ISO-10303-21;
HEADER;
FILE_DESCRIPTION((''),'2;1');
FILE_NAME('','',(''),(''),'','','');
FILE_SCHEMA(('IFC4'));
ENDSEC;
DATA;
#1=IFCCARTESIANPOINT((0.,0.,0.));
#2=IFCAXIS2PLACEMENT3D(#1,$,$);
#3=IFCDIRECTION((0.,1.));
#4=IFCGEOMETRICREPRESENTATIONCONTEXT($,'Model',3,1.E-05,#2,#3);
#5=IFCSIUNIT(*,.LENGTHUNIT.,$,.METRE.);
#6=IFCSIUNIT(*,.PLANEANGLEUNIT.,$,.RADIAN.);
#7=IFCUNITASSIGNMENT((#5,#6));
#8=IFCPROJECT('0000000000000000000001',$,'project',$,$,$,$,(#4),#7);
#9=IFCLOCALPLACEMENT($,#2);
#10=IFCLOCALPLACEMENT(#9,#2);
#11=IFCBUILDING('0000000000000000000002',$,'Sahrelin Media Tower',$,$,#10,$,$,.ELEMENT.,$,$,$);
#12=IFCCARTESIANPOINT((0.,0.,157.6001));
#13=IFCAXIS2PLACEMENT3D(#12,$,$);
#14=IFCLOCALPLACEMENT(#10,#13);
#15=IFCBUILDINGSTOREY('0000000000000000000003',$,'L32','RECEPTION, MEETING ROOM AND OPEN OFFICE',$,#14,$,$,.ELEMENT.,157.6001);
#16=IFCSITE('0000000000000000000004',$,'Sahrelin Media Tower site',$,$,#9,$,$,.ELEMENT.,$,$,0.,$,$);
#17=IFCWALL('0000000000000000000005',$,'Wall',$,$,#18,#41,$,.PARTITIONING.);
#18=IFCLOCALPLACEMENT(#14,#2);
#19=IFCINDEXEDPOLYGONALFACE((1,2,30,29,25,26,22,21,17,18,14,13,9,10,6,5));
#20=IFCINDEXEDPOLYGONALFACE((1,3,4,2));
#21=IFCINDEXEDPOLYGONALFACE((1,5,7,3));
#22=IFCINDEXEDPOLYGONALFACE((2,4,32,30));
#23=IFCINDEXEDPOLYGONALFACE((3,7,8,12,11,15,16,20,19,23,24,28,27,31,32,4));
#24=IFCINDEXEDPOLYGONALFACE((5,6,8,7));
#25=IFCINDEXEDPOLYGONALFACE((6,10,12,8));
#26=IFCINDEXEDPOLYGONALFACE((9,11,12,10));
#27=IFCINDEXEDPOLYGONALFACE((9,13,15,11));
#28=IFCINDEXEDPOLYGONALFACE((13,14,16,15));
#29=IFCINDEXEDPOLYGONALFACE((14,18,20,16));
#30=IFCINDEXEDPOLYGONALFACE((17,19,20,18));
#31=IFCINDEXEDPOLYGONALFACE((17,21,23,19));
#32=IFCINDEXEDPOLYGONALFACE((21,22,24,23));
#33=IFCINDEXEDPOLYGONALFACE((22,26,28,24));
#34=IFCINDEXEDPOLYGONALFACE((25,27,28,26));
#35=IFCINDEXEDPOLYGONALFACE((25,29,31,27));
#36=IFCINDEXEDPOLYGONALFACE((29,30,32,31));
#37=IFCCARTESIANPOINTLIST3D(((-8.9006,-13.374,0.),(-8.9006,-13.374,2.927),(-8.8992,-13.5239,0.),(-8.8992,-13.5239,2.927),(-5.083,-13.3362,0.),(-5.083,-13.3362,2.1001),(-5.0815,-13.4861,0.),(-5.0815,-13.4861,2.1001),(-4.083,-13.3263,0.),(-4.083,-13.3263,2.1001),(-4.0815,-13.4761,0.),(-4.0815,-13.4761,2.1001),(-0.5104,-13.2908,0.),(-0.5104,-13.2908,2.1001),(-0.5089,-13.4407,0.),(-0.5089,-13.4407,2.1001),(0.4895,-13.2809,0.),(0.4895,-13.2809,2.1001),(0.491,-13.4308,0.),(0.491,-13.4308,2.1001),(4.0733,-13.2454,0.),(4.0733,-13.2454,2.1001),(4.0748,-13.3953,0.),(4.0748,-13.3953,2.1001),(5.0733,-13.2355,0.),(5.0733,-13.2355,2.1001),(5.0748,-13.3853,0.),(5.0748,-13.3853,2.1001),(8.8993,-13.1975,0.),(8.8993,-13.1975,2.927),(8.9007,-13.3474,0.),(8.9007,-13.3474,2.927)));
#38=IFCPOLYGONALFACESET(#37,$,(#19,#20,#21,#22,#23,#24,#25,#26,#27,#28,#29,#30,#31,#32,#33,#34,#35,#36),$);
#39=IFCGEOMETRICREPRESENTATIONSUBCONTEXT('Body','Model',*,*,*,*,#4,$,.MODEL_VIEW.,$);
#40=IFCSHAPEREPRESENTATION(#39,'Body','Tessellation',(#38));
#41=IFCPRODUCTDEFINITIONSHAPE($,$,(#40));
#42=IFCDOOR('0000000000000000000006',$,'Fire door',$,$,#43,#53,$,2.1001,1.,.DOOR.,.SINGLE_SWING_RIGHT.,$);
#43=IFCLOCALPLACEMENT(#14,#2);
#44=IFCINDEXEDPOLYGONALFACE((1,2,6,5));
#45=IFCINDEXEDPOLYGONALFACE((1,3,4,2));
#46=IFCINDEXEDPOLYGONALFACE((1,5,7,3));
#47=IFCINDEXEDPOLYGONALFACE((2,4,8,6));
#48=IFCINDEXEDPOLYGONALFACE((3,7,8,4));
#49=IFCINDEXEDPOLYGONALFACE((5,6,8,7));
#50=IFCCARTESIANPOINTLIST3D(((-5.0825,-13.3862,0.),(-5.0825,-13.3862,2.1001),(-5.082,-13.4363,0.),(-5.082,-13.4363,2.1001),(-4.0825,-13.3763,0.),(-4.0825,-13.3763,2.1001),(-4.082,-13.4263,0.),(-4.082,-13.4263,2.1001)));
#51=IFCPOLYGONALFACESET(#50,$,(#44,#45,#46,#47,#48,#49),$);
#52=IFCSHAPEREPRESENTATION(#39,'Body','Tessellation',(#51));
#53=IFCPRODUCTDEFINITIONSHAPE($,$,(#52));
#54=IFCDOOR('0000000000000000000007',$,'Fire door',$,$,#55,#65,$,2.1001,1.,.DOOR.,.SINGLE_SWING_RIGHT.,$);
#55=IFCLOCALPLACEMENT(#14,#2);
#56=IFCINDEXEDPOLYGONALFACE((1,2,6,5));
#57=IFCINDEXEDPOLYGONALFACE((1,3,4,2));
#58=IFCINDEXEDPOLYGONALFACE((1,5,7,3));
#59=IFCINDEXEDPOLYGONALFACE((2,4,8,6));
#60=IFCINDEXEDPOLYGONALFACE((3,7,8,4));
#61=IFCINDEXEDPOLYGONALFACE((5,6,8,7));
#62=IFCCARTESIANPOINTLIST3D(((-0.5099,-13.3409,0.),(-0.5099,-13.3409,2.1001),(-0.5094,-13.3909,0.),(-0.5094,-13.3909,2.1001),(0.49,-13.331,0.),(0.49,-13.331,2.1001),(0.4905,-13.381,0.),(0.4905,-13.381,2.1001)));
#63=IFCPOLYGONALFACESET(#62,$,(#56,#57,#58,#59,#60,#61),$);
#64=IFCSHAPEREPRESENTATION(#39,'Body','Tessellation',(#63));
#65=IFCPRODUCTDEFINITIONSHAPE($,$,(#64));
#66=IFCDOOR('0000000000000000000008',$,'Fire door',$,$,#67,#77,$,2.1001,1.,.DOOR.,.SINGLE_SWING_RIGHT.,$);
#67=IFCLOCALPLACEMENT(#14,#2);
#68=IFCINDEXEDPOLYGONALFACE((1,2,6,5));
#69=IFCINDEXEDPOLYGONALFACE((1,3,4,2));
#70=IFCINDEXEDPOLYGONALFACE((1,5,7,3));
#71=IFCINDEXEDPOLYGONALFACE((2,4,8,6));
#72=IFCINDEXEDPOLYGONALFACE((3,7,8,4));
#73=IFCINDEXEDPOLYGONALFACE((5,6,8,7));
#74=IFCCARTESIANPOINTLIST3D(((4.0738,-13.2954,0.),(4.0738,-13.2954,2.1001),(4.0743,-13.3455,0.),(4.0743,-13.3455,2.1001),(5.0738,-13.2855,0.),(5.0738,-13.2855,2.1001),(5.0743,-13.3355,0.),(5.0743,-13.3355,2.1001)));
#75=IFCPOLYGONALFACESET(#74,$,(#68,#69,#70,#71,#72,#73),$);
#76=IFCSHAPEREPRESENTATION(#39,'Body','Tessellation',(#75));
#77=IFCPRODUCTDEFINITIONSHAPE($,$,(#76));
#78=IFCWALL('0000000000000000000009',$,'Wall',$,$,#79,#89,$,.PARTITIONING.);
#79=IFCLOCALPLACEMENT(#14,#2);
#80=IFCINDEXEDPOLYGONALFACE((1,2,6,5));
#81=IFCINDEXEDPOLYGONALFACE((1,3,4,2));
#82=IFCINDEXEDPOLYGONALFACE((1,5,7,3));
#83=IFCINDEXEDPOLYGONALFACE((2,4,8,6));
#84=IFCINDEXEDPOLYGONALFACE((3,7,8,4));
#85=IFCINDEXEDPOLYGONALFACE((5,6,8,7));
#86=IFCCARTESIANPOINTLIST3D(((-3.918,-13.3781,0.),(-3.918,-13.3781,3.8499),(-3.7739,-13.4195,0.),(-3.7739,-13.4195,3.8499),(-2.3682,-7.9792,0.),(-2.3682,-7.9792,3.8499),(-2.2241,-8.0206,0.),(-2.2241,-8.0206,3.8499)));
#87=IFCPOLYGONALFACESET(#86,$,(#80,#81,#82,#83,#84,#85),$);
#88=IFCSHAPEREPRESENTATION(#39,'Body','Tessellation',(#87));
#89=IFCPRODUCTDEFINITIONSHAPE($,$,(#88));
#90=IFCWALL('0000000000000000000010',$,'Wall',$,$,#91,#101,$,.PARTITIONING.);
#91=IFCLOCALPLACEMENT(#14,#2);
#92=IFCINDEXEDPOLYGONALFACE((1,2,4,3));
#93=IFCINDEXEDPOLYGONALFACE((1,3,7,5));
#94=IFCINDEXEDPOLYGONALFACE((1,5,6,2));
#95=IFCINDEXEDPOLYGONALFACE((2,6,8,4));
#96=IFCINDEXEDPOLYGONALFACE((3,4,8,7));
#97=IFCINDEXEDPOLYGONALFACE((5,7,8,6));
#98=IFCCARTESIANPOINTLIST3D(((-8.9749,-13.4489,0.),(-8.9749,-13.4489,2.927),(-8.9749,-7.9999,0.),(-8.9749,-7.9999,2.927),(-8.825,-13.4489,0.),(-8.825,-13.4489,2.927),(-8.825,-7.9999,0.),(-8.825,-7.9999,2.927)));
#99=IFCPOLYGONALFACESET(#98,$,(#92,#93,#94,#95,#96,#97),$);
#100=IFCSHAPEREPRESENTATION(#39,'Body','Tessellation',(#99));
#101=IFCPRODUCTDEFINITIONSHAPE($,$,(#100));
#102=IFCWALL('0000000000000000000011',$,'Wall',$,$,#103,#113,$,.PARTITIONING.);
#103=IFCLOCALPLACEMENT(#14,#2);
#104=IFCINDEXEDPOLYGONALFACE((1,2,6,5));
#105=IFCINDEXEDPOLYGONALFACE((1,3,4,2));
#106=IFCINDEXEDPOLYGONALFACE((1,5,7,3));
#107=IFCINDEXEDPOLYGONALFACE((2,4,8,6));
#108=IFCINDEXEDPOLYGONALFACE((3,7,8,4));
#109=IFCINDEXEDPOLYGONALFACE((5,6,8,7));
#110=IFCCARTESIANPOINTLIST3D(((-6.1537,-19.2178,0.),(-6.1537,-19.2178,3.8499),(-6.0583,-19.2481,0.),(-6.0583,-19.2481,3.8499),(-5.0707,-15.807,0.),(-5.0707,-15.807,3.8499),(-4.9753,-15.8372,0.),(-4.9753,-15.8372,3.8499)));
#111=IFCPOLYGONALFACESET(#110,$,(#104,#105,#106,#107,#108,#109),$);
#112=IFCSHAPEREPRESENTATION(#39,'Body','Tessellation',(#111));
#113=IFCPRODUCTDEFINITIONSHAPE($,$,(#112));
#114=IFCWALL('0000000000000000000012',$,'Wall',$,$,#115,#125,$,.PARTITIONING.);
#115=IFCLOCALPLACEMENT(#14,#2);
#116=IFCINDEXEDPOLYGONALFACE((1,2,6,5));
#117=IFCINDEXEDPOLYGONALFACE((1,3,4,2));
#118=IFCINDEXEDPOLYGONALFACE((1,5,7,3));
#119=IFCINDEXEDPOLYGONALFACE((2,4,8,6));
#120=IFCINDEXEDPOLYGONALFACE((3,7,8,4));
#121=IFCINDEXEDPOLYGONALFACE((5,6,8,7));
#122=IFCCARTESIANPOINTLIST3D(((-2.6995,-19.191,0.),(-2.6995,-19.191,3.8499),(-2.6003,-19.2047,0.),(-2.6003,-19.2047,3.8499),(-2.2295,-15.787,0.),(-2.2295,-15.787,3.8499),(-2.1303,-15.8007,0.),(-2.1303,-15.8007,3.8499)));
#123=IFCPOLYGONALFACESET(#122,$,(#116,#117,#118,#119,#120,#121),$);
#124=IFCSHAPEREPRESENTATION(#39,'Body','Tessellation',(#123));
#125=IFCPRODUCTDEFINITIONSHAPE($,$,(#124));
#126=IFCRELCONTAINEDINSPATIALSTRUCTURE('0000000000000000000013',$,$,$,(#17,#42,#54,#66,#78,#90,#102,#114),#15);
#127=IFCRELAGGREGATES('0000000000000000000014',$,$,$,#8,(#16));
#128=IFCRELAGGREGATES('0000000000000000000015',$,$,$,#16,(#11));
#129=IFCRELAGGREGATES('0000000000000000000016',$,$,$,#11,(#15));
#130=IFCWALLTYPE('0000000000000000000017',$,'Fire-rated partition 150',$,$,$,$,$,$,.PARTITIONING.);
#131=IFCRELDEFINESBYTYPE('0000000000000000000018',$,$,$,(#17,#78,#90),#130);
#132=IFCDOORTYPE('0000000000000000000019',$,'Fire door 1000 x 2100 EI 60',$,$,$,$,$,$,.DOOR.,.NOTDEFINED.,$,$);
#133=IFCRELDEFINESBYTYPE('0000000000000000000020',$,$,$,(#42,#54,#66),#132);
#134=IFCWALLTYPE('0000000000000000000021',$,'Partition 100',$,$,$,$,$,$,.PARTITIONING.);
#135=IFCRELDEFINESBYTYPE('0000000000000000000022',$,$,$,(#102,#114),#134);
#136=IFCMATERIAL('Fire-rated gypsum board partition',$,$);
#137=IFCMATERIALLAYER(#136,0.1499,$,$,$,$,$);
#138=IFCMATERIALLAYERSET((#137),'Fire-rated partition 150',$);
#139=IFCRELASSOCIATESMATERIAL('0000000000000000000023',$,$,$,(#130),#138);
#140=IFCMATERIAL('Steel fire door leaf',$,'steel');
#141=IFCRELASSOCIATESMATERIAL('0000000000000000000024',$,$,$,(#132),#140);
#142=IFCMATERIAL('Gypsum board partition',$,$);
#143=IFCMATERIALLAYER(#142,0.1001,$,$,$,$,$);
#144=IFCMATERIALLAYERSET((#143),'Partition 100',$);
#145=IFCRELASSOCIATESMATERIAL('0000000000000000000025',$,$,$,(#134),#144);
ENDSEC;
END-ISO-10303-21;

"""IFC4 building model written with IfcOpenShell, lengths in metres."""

from ifc_helpers import new_model, si_unit, direction, frame, frame_2d, origin, place, context, subcontext, project, spatial, rectangle, extrude, material, layer, layer_set, type_object, element, fill, save


model = new_model("IFC4")

# Units and contexts
model_context = context("Model", 3, precision=1e-05, world=origin(), true_north=direction((0.0, 1.0)))
body_context = subcontext(model_context, "Body", "Model", "MODEL_VIEW")
ifc_project = project(units=[si_unit("LENGTHUNIT", "METRE"), si_unit("PLANEANGLEUNIT", "RADIAN")], contexts=[model_context])

# Site, building, storey
site_placement = place(None, origin())
site = spatial("IfcSite", under=ifc_project, at=site_placement, Name="Sahrelin Media Tower site", CompositionType="ELEMENT", RefElevation=0.0)
building_placement = place(site_placement, origin())
building = spatial("IfcBuilding", under=site, at=building_placement, Name="Sahrelin Media Tower", CompositionType="ELEMENT")
storey_placement = place(building_placement, frame((0.0, 0.0, 157.6001)))
storey = spatial("IfcBuildingStorey", under=building, at=storey_placement, Name="L32", Description="RECEPTION, MEETING ROOM AND OPEN OFFICE", CompositionType="ELEMENT", Elevation=157.6001)

# Wall, openings, doors
ifc_material_1 = material(Name="Fire-rated gypsum board partition")
ifc_layer_1 = layer(ifc_material_1, 0.1499)
ifc_layer_set_1 = layer_set([ifc_layer_1], Name="Fire-rated partition 150")
wall_type_1 = type_object("IfcWallType", Name="Fire-rated partition 150", PredefinedType="PARTITIONING", material=ifc_layer_set_1)
wall_1_placement = place(storey_placement, frame((-8.8999, -13.449, 0.0), z_axis=(0.0, 0.0, 1.0), x_axis=(0.999951, 0.009916, 0.0)))
wall_1 = element("IfcWall", 1, at=wall_1_placement, inside=storey, type_object=wall_type_1, Name="Wall", PredefinedType="PARTITIONING", context=body_context, shape_type="SweptSolid", body=[
    extrude(rectangle(XDim=17.8008, YDim=0.1499, at=frame_2d((8.9004, 0.0))), origin(), (0.0, 0.0, 1.0), 2.927),
])
opening_1_placement = place(wall_1_placement, frame((3.8179, 0.0, 0.0)))
opening_1 = element("IfcOpeningElement", 2, at=opening_1_placement, cuts=wall_1, PredefinedType="OPENING", context=body_context, shape_type="SweptSolid", body=[
    extrude(rectangle(XDim=1.0, YDim=2.1001, at=frame_2d((0.5, 1.05))), frame((0.0, 0.075, 0.0), z_axis=(0.0, -1.0, 0.0), x_axis=(1.0, 0.0, 0.0)), (0.0, 0.0, 1.0), 0.1499),
])
opening_2_placement = place(wall_1_placement, frame((8.3906, 0.0, 0.0)))
opening_2 = element("IfcOpeningElement", 3, at=opening_2_placement, cuts=wall_1, PredefinedType="OPENING", context=body_context, shape_type="SweptSolid", body=[
    extrude(rectangle(XDim=1.0, YDim=2.1001, at=frame_2d((0.5, 1.05))), frame((0.0, 0.075, 0.0), z_axis=(0.0, -1.0, 0.0), x_axis=(1.0, 0.0, 0.0)), (0.0, 0.0, 1.0), 0.1499),
])
opening_3_placement = place(wall_1_placement, frame((12.9746, 0.0, 0.0)))
opening_3 = element("IfcOpeningElement", 4, at=opening_3_placement, cuts=wall_1, PredefinedType="OPENING", context=body_context, shape_type="SweptSolid", body=[
    extrude(rectangle(XDim=1.0, YDim=2.1001, at=frame_2d((0.5, 1.05))), frame((0.0, 0.075, 0.0), z_axis=(0.0, -1.0, 0.0), x_axis=(1.0, 0.0, 0.0)), (0.0, 0.0, 1.0), 0.1499),
])
ifc_material_2 = material(Name="Steel fire door leaf", Category="steel")
door_type = type_object("IfcDoorType", Name="Fire door 1000 x 2100 EI 60", OperationType="NOTDEFINED", PredefinedType="DOOR", material=ifc_material_2)
door_1_placement = place(opening_1_placement, origin())
door_1 = element("IfcDoor", 5, at=door_1_placement, inside=storey, type_object=door_type, Name="Fire door", OperationType="SINGLE_SWING_RIGHT", OverallHeight=2.1001, OverallWidth=1.0, PredefinedType="DOOR", context=body_context, shape_type="SweptSolid", body=[
    extrude(rectangle(XDim=1.0, YDim=2.1001, at=frame_2d((0.5, 1.05))), frame((0.0, 0.0249, 0.0), z_axis=(0.0, -1.0, 0.0), x_axis=(1.0, 0.0, 0.0)), (0.0, 0.0, 1.0), 0.05),
])
fill(opening_1, door_1)
door_2_placement = place(opening_2_placement, origin())
door_2 = element("IfcDoor", 6, at=door_2_placement, inside=storey, type_object=door_type, Name="Fire door", OperationType="SINGLE_SWING_RIGHT", OverallHeight=2.1001, OverallWidth=1.0, PredefinedType="DOOR", context=body_context, shape_type="SweptSolid", body=[
    extrude(rectangle(XDim=1.0, YDim=2.1001, at=frame_2d((0.5, 1.05))), frame((0.0, 0.0249, 0.0), z_axis=(0.0, -1.0, 0.0), x_axis=(1.0, 0.0, 0.0)), (0.0, 0.0, 1.0), 0.05),
])
fill(opening_2, door_2)
door_3_placement = place(opening_3_placement, origin())
door_3 = element("IfcDoor", 7, at=door_3_placement, inside=storey, type_object=door_type, Name="Fire door", OperationType="SINGLE_SWING_RIGHT", OverallHeight=2.1001, OverallWidth=1.0, PredefinedType="DOOR", context=body_context, shape_type="SweptSolid", body=[
    extrude(rectangle(XDim=1.0, YDim=2.1001, at=frame_2d((0.5, 1.05))), frame((0.0, 0.0249, 0.0), z_axis=(0.0, -1.0, 0.0), x_axis=(1.0, 0.0, 0.0)), (0.0, 0.0, 1.0), 0.05),
])
fill(opening_3, door_3)

# Walls
wall_2_placement = place(storey_placement, frame((-3.8459, -13.3989, 0.0), z_axis=(0.0, 0.0, 1.0), x_axis=(0.275915, 0.961182, 0.0)))
element("IfcWall", 8, at=wall_2_placement, inside=storey, type_object=wall_type_1, Name="Wall", PredefinedType="PARTITIONING", context=body_context, shape_type="SweptSolid", body=[
    extrude(rectangle(XDim=5.6169, YDim=0.1499, at=frame_2d((2.8086, 0.0))), origin(), (0.0, 0.0, 1.0), 3.8499),
])
wall_3_placement = place(storey_placement, frame((-8.8999, -13.449, 0.0), z_axis=(0.0, 0.0, 1.0), x_axis=(0.0, 1.0, 0.0)))
element("IfcWall", 9, at=wall_3_placement, inside=storey, type_object=wall_type_1, Name="Wall", PredefinedType="PARTITIONING", context=body_context, shape_type="SweptSolid", body=[
    extrude(rectangle(XDim=5.449, YDim=0.1499, at=frame_2d((2.7246, 0.0))), origin(), (0.0, 0.0, 1.0), 2.927),
])
ifc_material_3 = material(Name="Gypsum board partition")
ifc_layer_2 = layer(ifc_material_3, 0.1001)
ifc_layer_set_2 = layer_set([ifc_layer_2], Name="Partition 100")
wall_type_2 = type_object("IfcWallType", Name="Partition 100", PredefinedType="PARTITIONING", material=ifc_layer_set_2)
wall_4_placement = place(storey_placement, frame((-6.106, -19.2329, 0.0), z_axis=(0.0, 0.0, 1.0), x_axis=(0.302626, 0.953109, 0.0)))
element("IfcWall", 10, at=wall_4_placement, inside=storey, type_object=wall_type_2, Name="Wall", PredefinedType="PARTITIONING", context=body_context, shape_type="SweptSolid", body=[
    extrude(rectangle(XDim=3.5786, YDim=0.1001, at=frame_2d((1.7893, 0.0))), origin(), (0.0, 0.0, 1.0), 3.8499),
])
wall_5_placement = place(storey_placement, frame((-2.6499, -19.198, 0.0), z_axis=(0.0, 0.0, 1.0), x_axis=(0.136765, 0.990604, 0.0)))
element("IfcWall", 11, at=wall_5_placement, inside=storey, type_object=wall_type_2, Name="Wall", PredefinedType="PARTITIONING", context=body_context, shape_type="SweptSolid", body=[
    extrude(rectangle(XDim=3.4363, YDim=0.1001, at=frame_2d((1.7183, 0.0))), origin(), (0.0, 0.0, 1.0), 3.8499),
])

save(model, "model.ifc")
